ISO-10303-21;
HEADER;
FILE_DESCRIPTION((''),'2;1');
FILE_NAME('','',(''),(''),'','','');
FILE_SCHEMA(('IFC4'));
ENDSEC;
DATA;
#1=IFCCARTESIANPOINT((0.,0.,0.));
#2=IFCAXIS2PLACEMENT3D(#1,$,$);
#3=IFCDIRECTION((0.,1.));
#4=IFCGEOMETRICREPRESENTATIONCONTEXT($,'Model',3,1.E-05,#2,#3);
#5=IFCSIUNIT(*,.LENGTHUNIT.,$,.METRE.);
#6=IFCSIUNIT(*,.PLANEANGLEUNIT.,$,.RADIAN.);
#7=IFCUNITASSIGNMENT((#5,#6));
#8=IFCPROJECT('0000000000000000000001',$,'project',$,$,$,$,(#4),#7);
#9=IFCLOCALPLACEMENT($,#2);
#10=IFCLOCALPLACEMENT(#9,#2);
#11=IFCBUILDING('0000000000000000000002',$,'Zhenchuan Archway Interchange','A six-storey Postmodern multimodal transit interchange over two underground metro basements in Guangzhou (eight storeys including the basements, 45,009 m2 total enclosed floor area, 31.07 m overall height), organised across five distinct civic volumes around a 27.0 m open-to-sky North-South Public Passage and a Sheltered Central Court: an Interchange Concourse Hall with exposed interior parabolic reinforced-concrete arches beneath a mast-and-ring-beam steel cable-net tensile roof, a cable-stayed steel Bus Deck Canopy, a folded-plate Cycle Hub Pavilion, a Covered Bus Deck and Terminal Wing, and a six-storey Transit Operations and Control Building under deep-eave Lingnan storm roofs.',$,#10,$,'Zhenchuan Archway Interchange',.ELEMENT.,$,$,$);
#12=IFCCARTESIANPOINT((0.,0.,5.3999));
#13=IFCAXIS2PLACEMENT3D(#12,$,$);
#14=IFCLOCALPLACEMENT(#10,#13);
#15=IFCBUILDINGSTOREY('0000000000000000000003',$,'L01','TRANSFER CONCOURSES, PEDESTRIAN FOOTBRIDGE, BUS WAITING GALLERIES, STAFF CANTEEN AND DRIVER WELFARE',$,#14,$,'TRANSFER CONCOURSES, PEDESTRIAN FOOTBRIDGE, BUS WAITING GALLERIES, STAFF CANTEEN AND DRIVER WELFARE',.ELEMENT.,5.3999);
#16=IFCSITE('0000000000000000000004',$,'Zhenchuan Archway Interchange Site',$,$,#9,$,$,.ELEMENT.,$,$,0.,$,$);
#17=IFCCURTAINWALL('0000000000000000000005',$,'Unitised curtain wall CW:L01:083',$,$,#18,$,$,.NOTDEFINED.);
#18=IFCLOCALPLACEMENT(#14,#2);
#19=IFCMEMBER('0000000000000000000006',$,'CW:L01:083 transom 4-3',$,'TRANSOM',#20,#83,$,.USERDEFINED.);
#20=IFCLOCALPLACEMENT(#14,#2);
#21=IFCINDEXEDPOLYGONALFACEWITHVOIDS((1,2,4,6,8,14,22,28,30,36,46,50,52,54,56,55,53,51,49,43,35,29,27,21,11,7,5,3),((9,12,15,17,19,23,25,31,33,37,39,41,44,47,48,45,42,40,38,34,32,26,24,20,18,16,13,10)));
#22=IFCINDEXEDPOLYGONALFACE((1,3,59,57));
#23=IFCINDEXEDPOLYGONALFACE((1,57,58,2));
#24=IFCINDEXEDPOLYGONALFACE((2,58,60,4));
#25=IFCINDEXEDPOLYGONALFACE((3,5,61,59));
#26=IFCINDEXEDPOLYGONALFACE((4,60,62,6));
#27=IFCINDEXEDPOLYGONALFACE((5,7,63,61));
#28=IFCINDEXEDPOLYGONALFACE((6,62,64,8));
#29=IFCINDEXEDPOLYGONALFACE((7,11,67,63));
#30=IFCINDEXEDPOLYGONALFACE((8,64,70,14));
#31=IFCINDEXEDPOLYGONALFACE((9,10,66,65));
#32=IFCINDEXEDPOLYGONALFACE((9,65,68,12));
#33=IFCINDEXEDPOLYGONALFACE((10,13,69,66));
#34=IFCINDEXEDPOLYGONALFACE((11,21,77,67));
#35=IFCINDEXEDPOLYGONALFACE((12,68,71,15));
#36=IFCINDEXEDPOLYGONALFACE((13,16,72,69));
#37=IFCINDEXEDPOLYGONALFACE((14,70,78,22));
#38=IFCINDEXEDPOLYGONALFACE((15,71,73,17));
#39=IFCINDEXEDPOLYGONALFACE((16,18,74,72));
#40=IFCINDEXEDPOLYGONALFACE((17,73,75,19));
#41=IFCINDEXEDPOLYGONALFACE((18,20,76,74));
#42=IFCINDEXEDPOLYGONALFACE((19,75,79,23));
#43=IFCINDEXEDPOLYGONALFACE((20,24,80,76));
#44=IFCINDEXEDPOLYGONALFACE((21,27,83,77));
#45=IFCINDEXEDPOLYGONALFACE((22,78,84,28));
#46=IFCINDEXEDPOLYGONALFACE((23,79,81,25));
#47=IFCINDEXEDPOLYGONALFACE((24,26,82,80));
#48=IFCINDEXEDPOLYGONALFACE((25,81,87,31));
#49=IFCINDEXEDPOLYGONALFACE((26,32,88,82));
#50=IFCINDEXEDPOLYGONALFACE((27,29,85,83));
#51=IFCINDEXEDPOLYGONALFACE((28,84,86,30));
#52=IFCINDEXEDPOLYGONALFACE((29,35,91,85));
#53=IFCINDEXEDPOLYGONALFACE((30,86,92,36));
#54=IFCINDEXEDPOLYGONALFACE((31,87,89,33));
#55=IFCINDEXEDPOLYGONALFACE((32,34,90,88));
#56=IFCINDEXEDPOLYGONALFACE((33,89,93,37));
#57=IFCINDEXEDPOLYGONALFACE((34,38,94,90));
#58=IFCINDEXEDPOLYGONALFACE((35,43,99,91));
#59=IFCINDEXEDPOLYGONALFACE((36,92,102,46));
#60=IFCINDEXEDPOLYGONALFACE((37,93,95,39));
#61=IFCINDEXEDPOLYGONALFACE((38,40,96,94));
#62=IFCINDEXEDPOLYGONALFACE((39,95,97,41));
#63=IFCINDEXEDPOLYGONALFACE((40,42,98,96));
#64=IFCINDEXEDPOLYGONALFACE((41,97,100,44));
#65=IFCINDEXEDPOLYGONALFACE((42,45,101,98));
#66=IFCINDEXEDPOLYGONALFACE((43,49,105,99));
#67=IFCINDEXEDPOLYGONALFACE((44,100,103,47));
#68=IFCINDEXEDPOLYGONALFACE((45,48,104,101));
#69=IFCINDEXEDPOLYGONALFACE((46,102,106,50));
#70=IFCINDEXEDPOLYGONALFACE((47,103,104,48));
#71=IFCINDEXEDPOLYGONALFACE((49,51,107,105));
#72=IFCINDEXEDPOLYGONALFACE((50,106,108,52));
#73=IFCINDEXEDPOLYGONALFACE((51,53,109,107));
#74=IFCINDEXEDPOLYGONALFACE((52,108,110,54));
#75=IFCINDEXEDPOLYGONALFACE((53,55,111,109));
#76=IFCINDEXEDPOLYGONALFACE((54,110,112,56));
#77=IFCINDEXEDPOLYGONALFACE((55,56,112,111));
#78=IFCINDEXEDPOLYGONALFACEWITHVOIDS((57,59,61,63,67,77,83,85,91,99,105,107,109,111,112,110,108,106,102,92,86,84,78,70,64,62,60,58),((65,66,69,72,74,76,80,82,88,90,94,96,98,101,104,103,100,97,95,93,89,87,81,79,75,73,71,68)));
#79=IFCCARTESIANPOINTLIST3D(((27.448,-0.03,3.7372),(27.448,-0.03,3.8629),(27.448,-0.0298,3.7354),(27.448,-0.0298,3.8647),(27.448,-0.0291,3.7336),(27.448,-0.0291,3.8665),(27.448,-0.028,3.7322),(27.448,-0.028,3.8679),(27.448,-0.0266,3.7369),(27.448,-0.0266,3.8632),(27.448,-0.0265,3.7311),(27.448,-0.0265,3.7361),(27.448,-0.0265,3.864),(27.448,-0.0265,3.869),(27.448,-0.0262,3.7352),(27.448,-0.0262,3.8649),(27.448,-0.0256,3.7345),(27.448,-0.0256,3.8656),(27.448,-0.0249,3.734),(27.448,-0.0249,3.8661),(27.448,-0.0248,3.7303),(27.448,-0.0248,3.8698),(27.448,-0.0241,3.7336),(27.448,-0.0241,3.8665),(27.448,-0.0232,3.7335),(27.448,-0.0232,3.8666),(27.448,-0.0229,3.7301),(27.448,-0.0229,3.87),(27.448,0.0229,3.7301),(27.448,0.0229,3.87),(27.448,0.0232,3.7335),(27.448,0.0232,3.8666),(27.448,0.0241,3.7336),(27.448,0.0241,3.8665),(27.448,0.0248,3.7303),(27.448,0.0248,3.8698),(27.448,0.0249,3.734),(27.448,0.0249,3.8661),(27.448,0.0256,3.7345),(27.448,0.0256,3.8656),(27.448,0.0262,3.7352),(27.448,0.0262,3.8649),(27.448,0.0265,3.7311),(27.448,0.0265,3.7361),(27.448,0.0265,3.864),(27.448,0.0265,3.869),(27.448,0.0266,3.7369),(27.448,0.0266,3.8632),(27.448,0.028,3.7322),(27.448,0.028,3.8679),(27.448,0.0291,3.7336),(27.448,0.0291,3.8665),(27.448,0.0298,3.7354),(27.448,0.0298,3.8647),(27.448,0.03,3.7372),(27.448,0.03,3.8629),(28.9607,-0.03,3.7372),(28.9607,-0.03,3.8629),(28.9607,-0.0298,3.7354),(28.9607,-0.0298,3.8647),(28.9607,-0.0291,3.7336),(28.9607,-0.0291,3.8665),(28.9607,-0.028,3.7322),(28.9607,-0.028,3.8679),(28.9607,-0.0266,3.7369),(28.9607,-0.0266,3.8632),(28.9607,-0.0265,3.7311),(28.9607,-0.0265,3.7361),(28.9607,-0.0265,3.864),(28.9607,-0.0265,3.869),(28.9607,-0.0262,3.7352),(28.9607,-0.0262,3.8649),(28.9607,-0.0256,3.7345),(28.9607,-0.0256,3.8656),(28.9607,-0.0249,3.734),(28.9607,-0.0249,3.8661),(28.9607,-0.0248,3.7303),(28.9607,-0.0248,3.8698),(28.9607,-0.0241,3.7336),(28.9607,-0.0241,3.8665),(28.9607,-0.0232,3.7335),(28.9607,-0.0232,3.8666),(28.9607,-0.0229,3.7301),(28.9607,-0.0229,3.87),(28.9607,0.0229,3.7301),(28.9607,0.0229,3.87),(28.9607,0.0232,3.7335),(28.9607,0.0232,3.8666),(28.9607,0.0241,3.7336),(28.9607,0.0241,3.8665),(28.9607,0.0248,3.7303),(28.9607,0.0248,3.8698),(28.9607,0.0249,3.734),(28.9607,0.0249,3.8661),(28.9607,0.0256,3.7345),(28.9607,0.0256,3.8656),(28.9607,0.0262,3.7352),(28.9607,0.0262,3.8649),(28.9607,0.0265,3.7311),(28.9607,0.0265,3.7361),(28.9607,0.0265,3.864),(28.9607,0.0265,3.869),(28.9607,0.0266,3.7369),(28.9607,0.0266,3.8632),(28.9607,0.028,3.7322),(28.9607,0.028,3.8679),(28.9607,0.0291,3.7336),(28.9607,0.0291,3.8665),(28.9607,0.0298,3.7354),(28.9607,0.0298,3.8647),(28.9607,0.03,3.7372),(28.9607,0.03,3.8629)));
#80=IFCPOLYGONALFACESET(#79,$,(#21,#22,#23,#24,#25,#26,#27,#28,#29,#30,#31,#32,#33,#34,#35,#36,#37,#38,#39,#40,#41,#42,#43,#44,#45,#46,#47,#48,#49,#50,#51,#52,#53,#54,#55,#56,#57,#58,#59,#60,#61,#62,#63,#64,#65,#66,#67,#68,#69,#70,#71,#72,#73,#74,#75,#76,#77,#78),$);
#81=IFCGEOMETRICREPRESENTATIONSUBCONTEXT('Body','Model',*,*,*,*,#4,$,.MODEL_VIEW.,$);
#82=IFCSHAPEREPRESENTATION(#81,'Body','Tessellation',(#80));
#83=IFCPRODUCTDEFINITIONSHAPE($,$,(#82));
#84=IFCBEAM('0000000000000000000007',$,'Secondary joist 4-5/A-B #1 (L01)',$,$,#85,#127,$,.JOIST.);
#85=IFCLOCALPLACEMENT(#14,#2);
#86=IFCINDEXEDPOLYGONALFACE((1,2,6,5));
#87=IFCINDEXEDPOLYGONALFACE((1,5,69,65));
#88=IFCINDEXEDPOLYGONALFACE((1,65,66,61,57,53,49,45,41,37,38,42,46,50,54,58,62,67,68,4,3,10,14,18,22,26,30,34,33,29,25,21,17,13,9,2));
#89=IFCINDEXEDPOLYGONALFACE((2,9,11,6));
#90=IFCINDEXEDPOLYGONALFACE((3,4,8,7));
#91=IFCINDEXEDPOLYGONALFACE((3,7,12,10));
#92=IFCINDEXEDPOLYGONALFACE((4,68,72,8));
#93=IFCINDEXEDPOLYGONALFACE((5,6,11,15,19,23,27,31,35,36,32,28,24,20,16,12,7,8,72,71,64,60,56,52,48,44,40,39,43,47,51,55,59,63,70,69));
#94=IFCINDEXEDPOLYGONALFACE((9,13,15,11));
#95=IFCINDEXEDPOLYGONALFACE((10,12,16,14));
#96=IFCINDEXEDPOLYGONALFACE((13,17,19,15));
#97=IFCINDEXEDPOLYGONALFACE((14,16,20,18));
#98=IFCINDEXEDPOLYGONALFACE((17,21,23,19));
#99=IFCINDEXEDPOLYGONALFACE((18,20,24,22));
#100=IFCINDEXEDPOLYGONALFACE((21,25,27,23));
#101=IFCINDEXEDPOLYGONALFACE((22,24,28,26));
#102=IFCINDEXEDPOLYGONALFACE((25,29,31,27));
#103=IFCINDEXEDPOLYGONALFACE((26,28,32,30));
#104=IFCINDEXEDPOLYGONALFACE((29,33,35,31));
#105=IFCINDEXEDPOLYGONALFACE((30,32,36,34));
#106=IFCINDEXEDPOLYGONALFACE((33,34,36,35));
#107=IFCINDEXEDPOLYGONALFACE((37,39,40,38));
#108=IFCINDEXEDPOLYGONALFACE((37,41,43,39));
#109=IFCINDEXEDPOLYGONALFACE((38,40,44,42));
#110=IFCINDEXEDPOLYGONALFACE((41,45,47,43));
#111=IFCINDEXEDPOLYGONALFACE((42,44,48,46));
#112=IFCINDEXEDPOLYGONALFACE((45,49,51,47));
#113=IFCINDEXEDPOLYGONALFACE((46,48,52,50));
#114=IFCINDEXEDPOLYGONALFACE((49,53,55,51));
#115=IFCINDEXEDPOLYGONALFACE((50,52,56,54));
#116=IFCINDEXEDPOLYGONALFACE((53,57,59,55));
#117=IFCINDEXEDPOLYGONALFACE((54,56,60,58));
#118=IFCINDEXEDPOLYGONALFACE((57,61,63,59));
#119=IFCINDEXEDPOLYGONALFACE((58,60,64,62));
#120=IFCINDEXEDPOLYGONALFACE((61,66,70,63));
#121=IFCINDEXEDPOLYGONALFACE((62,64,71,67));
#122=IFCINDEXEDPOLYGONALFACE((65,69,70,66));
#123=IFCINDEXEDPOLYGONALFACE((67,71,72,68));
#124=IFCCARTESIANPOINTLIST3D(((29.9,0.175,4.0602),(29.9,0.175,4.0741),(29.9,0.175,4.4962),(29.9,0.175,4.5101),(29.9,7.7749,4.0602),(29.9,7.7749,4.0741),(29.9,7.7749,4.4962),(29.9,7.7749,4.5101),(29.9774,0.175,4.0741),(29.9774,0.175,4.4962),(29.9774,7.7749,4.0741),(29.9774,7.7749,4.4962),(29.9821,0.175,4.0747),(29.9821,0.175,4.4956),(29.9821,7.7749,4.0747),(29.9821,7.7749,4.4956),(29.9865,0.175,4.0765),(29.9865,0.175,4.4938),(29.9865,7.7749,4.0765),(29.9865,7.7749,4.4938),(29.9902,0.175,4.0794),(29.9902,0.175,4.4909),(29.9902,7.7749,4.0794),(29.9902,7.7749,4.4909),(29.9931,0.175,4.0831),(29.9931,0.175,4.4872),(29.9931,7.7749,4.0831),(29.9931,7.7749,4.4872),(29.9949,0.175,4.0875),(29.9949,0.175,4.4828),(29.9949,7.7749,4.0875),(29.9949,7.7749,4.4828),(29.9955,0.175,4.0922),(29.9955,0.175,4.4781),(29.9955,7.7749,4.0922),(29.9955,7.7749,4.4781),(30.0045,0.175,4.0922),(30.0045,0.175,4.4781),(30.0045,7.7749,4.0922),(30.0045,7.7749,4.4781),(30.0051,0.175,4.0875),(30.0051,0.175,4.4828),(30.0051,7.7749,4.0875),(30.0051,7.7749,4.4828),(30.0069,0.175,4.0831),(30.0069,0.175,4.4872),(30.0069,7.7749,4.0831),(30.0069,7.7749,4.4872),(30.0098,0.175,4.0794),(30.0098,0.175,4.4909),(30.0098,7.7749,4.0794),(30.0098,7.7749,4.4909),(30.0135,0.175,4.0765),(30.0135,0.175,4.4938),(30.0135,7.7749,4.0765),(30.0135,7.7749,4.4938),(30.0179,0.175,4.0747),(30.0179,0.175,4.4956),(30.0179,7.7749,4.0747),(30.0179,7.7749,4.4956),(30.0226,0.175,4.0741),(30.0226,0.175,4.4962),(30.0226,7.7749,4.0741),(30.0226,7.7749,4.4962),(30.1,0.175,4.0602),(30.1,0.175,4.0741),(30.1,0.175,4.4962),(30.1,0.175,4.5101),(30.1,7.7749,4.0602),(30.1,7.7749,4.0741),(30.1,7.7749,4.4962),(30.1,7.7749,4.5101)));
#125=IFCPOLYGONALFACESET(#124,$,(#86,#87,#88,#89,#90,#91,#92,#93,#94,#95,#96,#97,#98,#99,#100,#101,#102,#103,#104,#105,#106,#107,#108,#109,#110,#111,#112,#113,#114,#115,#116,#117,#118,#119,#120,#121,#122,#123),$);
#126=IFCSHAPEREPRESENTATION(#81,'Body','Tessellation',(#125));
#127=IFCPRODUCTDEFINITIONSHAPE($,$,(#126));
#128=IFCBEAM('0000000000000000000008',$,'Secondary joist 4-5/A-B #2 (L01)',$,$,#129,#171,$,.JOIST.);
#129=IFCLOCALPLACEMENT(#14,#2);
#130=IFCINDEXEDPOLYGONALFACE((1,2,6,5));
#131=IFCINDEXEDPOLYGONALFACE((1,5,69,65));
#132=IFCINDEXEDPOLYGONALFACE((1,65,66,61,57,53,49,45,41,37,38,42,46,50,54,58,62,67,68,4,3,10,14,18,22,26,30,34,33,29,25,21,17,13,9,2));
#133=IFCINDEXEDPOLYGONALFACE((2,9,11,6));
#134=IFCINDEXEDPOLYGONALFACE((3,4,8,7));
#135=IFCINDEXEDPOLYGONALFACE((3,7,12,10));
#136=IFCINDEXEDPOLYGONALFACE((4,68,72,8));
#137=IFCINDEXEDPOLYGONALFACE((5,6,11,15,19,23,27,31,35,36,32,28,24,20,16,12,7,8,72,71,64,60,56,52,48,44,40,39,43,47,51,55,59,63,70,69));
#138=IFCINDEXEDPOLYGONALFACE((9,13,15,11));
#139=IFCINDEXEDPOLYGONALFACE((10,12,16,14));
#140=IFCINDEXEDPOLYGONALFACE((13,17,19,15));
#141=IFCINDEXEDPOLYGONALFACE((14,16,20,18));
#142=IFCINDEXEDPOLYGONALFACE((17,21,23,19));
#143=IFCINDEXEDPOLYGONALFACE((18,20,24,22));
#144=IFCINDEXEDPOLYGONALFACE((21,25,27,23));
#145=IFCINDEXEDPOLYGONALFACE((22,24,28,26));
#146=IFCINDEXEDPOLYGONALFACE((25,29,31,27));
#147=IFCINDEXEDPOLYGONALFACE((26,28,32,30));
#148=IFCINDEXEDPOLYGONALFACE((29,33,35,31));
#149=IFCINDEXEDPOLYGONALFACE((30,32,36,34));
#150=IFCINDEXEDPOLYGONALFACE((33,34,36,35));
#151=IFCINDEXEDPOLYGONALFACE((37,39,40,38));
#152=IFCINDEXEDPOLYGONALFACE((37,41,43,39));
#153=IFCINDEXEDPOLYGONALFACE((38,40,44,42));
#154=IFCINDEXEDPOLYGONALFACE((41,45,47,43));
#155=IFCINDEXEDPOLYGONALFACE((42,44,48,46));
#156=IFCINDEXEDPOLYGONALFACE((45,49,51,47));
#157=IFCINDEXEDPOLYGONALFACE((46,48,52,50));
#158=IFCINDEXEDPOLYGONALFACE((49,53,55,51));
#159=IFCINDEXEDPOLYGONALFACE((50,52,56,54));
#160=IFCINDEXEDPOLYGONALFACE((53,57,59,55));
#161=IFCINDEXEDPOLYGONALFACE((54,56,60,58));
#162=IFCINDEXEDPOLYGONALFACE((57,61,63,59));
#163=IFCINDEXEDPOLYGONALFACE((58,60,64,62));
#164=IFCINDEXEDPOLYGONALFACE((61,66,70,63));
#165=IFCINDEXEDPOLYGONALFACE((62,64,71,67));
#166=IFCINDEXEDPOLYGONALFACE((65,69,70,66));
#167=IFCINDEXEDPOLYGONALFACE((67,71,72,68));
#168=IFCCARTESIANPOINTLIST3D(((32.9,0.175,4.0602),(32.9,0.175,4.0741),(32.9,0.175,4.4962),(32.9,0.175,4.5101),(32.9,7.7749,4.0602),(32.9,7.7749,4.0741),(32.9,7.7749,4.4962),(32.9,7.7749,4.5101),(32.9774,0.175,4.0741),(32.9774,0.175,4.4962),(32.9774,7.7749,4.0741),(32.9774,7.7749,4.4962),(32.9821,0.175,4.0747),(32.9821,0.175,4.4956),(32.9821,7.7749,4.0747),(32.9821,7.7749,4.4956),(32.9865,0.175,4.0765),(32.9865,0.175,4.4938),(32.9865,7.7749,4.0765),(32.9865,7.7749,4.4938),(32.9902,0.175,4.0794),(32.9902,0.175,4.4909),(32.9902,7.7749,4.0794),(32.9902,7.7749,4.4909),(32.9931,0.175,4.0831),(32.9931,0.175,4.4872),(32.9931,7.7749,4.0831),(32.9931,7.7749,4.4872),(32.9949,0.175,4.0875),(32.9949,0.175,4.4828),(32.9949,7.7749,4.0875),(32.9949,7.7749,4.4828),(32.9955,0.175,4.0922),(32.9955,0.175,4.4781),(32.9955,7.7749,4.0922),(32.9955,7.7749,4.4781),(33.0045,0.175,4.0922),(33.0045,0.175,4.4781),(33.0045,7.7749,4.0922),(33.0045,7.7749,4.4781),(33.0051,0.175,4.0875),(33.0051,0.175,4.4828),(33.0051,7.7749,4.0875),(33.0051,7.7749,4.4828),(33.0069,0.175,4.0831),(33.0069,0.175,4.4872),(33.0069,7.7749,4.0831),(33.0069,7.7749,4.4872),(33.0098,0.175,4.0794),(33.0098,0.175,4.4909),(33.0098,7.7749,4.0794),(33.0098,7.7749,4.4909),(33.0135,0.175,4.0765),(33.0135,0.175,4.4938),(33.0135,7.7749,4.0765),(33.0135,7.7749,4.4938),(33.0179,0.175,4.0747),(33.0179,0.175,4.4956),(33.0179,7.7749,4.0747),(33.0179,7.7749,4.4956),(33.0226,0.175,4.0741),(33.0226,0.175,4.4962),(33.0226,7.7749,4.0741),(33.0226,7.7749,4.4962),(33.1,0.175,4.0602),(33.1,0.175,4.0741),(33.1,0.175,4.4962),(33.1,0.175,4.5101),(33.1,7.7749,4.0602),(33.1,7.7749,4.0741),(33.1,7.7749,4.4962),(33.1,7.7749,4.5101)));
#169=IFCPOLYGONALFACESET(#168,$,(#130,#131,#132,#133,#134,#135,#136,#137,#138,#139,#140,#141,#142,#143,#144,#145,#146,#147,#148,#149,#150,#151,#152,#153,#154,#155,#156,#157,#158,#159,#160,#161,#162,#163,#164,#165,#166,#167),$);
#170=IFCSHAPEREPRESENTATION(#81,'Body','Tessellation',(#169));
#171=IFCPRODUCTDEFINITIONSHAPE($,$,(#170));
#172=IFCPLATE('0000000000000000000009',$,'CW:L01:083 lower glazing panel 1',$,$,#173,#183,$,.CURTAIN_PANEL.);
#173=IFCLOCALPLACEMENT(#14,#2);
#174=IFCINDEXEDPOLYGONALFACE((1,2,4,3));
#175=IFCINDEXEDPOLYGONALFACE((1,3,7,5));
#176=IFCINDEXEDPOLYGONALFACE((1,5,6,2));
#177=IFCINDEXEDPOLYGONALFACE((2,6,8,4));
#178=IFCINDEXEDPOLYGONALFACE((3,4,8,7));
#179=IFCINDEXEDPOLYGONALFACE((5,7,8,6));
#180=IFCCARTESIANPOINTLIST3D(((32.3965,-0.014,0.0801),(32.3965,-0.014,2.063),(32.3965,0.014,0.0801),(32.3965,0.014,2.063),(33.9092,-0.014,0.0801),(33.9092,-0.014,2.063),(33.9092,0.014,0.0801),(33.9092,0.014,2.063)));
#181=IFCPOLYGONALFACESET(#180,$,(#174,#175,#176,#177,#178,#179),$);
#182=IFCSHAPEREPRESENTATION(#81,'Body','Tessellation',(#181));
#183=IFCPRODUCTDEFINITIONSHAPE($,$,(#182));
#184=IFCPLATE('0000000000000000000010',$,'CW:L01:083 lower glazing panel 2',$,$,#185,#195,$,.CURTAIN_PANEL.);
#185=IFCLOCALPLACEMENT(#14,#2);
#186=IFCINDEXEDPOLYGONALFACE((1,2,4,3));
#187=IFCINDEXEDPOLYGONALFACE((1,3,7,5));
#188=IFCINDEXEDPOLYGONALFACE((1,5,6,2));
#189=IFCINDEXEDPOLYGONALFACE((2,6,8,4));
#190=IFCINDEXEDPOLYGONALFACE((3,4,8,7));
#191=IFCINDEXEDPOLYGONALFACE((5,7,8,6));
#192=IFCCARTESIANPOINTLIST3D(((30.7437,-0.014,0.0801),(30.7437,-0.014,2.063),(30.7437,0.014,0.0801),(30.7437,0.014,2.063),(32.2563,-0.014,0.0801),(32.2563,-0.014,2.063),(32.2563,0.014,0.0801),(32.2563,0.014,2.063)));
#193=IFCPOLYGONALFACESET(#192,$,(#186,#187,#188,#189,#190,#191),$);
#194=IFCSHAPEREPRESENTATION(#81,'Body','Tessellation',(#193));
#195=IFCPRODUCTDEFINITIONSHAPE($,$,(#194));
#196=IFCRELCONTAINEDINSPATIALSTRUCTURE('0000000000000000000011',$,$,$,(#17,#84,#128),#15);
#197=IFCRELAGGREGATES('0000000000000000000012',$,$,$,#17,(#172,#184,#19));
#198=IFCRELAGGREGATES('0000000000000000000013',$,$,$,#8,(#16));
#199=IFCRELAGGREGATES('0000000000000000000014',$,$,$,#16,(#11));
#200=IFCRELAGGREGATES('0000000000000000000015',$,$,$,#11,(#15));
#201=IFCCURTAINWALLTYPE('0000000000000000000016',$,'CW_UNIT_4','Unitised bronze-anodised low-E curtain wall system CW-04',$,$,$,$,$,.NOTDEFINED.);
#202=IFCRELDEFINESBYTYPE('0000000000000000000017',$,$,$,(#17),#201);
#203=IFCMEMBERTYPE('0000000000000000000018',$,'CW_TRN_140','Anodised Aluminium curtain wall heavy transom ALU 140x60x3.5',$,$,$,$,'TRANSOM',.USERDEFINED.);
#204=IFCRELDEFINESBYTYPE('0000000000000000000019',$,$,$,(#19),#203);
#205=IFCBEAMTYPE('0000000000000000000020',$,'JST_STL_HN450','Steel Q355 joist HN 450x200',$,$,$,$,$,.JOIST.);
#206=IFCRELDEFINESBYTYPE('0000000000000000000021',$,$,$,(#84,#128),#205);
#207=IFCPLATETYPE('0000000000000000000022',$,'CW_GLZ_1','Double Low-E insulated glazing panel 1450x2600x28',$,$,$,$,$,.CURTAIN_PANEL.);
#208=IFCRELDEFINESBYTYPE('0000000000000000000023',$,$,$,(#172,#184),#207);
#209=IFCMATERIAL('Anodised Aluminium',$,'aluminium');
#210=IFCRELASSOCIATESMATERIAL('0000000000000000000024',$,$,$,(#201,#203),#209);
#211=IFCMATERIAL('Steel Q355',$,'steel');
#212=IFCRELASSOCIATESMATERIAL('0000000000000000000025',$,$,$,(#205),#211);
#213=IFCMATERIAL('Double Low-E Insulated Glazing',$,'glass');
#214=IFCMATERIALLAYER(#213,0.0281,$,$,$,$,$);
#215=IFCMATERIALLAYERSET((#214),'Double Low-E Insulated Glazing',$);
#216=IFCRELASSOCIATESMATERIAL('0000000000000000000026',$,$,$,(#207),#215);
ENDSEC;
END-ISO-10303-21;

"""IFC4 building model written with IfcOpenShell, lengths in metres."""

from ifc_helpers import new_model, si_unit, direction, frame, origin, origin_2d, place, context, subcontext, project, spatial, rectangle, hollow_rectangle, i_section, extrude, material, layer, layer_set, material_profile, profile_set, type_object, element, aggregate, save


model = new_model("IFC4")

# Units and contexts
model_context = context("Model", 3, precision=1e-05, world=origin(), true_north=direction((0.0, 1.0)))
body_context = subcontext(model_context, "Body", "Model", "MODEL_VIEW")
ifc_project = project(units=[si_unit("LENGTHUNIT", "METRE"), si_unit("PLANEANGLEUNIT", "RADIAN")], contexts=[model_context])

# Site, building, storey
site_placement = place(None, origin())
site = spatial("IfcSite", under=ifc_project, at=site_placement, Name="Zhenchuan Archway Interchange Site", CompositionType="ELEMENT", RefElevation=0.0)
building_placement = place(site_placement, origin())
building = spatial("IfcBuilding", under=site, at=building_placement, Name="Zhenchuan Archway Interchange", Description="A six-storey Postmodern multimodal transit interchange over two underground metro basements in Guangzhou (eight storeys including the basements, 45,009 m2 total enclosed floor area, 31.07 m overall height), organised across five distinct civic volumes around a 27.0 m open-to-sky North-South Public Passage and a Sheltered Central Court: an Interchange Concourse Hall with exposed interior parabolic reinforced-concrete arches beneath a mast-and-ring-beam steel cable-net tensile roof, a cable-stayed steel Bus Deck Canopy, a folded-plate Cycle Hub Pavilion, a Covered Bus Deck and Terminal Wing, and a six-storey Transit Operations and Control Building under deep-eave Lingnan storm roofs.", LongName="Zhenchuan Archway Interchange", CompositionType="ELEMENT")
storey_placement = place(building_placement, frame((0.0, 0.0, 5.3999)))
storey = spatial("IfcBuildingStorey", under=building, at=storey_placement, Name="L01", Description="TRANSFER CONCOURSES, PEDESTRIAN FOOTBRIDGE, BUS WAITING GALLERIES, STAFF CANTEEN AND DRIVER WELFARE", LongName="TRANSFER CONCOURSES, PEDESTRIAN FOOTBRIDGE, BUS WAITING GALLERIES, STAFF CANTEEN AND DRIVER WELFARE", CompositionType="ELEMENT", Elevation=5.3999)

# Curtain wall, member
ifc_material_1 = material(Name="Anodised Aluminium", Category="aluminium")
curtain_wall_type = type_object("IfcCurtainWallType", Name="CW_UNIT_4", Description="Unitised bronze-anodised low-E curtain wall system CW-04", PredefinedType="NOTDEFINED", material=ifc_material_1)
curtain_wall_placement = place(storey_placement, origin())
curtain_wall = element("IfcCurtainWall", 1, at=curtain_wall_placement, inside=storey, type_object=curtain_wall_type, Name="Unitised curtain wall CW:L01:083", PredefinedType="NOTDEFINED")
ifc_material_profile_1 = material_profile(ifc_material_1, hollow_rectangle(XDim=0.0601, YDim=0.1399, WallThickness=0.0034, InnerFilletRadius=0.0034, OuterFilletRadius=0.0071, at=origin_2d()), Name="ALU 140x60x3.5")
ifc_profile_set_1 = profile_set([ifc_material_profile_1], Name="Anodised Aluminium")
member_type_1 = type_object("IfcMemberType", Name="CW_TRN_140", Description="Anodised Aluminium curtain wall heavy transom ALU 140x60x3.5", ElementType="TRANSOM", PredefinedType="USERDEFINED", material=ifc_profile_set_1)
member_1_placement = place(storey_placement, frame((28.9607, 0.0, 3.8), z_axis=(-1.0, 0.0, 0.0), x_axis=(0.0, -1.0, 0.0)))
member_1 = element("IfcMember", 2, at=member_1_placement, type_object=member_type_1, Name="CW:L01:083 transom 4-3", ObjectType="TRANSOM", PredefinedType="USERDEFINED", context=body_context, shape_type="SweptSolid", body=[
    extrude(hollow_rectangle(XDim=0.0601, YDim=0.1399, WallThickness=0.0034, InnerFilletRadius=0.0034, OuterFilletRadius=0.0071, at=origin_2d()), origin(), (0.0, 0.0, 1.0), 1.5127),
])

# Beams
ifc_material_2 = material(Name="Steel Q355", Category="steel")
ifc_material_profile_2 = material_profile(ifc_material_2, i_section(OverallWidth=0.2, OverallDepth=0.45, WebThickness=0.009, FlangeThickness=0.0139, FilletRadius=0.0181, at=origin_2d()), Name="HN 450x200")
ifc_profile_set_2 = profile_set([ifc_material_profile_2], Name="Steel Q355")
beam_type = type_object("IfcBeamType", Name="JST_STL_HN450", Description="Steel Q355 joist HN 450x200", PredefinedType="JOIST", material=ifc_profile_set_2)
for number, where, z_axis, x_axis, name in (
    (3, (30.0, 0.175, 4.2852), (0.0, 1.0, 0.0), (-1.0, 0.0, 0.0), "Secondary joist 4-5/A-B #1 (L01)"),
    (4, (33.0, 0.175, 4.2852), (0.0, 1.0, 0.0), (-1.0, 0.0, 0.0), "Secondary joist 4-5/A-B #2 (L01)"),
):
    element("IfcBeam", number, at=place(storey_placement, frame(where, z_axis=z_axis, x_axis=x_axis)), inside=storey, type_object=beam_type, Name=name, PredefinedType="JOIST", context=body_context, shape_type="SweptSolid", body=[
        extrude(i_section(OverallWidth=0.2, OverallDepth=0.45, WebThickness=0.009, FlangeThickness=0.0139, FilletRadius=0.0181, at=origin_2d()), origin(), (0.0, 0.0, 1.0), 7.5999),
    ])

# Plates
ifc_material_3 = material(Name="Double Low-E Insulated Glazing", Category="glass")
ifc_layer_1 = layer(ifc_material_3, 0.0281)
ifc_layer_set_1 = layer_set([ifc_layer_1], Name="Double Low-E Insulated Glazing")
plate_type_1 = type_object("IfcPlateType", Name="CW_GLZ_1", Description="Double Low-E insulated glazing panel 1450x2600x28", PredefinedType="CURTAIN_PANEL", material=ifc_layer_set_1)
plate_1_placement = place(storey_placement, frame((33.1528, 0.0, 0.0801), z_axis=(0.0, 0.0, 1.0), x_axis=(-1.0, 0.0, 0.0)))
plate_1 = element("IfcPlate", 5, at=plate_1_placement, type_object=plate_type_1, Name="CW:L01:083 lower glazing panel 1", PredefinedType="CURTAIN_PANEL", context=body_context, shape_type="SweptSolid", body=[
    extrude(rectangle(XDim=1.5127, YDim=0.0281, at=origin_2d()), origin(), (0.0, 0.0, 1.0), 1.9829),
])
plate_2_placement = place(storey_placement, frame((31.5, 0.0, 0.0801), z_axis=(0.0, 0.0, 1.0), x_axis=(-1.0, 0.0, 0.0)))
plate_2 = element("IfcPlate", 6, at=plate_2_placement, type_object=plate_type_1, Name="CW:L01:083 lower glazing panel 2", PredefinedType="CURTAIN_PANEL", context=body_context, shape_type="SweptSolid", body=[
    extrude(rectangle(XDim=1.5127, YDim=0.0281, at=origin_2d()), origin(), (0.0, 0.0, 1.0), 1.9829),
])
aggregate(curtain_wall, [plate_1, plate_2, member_1])

save(model, "model.ifc")
